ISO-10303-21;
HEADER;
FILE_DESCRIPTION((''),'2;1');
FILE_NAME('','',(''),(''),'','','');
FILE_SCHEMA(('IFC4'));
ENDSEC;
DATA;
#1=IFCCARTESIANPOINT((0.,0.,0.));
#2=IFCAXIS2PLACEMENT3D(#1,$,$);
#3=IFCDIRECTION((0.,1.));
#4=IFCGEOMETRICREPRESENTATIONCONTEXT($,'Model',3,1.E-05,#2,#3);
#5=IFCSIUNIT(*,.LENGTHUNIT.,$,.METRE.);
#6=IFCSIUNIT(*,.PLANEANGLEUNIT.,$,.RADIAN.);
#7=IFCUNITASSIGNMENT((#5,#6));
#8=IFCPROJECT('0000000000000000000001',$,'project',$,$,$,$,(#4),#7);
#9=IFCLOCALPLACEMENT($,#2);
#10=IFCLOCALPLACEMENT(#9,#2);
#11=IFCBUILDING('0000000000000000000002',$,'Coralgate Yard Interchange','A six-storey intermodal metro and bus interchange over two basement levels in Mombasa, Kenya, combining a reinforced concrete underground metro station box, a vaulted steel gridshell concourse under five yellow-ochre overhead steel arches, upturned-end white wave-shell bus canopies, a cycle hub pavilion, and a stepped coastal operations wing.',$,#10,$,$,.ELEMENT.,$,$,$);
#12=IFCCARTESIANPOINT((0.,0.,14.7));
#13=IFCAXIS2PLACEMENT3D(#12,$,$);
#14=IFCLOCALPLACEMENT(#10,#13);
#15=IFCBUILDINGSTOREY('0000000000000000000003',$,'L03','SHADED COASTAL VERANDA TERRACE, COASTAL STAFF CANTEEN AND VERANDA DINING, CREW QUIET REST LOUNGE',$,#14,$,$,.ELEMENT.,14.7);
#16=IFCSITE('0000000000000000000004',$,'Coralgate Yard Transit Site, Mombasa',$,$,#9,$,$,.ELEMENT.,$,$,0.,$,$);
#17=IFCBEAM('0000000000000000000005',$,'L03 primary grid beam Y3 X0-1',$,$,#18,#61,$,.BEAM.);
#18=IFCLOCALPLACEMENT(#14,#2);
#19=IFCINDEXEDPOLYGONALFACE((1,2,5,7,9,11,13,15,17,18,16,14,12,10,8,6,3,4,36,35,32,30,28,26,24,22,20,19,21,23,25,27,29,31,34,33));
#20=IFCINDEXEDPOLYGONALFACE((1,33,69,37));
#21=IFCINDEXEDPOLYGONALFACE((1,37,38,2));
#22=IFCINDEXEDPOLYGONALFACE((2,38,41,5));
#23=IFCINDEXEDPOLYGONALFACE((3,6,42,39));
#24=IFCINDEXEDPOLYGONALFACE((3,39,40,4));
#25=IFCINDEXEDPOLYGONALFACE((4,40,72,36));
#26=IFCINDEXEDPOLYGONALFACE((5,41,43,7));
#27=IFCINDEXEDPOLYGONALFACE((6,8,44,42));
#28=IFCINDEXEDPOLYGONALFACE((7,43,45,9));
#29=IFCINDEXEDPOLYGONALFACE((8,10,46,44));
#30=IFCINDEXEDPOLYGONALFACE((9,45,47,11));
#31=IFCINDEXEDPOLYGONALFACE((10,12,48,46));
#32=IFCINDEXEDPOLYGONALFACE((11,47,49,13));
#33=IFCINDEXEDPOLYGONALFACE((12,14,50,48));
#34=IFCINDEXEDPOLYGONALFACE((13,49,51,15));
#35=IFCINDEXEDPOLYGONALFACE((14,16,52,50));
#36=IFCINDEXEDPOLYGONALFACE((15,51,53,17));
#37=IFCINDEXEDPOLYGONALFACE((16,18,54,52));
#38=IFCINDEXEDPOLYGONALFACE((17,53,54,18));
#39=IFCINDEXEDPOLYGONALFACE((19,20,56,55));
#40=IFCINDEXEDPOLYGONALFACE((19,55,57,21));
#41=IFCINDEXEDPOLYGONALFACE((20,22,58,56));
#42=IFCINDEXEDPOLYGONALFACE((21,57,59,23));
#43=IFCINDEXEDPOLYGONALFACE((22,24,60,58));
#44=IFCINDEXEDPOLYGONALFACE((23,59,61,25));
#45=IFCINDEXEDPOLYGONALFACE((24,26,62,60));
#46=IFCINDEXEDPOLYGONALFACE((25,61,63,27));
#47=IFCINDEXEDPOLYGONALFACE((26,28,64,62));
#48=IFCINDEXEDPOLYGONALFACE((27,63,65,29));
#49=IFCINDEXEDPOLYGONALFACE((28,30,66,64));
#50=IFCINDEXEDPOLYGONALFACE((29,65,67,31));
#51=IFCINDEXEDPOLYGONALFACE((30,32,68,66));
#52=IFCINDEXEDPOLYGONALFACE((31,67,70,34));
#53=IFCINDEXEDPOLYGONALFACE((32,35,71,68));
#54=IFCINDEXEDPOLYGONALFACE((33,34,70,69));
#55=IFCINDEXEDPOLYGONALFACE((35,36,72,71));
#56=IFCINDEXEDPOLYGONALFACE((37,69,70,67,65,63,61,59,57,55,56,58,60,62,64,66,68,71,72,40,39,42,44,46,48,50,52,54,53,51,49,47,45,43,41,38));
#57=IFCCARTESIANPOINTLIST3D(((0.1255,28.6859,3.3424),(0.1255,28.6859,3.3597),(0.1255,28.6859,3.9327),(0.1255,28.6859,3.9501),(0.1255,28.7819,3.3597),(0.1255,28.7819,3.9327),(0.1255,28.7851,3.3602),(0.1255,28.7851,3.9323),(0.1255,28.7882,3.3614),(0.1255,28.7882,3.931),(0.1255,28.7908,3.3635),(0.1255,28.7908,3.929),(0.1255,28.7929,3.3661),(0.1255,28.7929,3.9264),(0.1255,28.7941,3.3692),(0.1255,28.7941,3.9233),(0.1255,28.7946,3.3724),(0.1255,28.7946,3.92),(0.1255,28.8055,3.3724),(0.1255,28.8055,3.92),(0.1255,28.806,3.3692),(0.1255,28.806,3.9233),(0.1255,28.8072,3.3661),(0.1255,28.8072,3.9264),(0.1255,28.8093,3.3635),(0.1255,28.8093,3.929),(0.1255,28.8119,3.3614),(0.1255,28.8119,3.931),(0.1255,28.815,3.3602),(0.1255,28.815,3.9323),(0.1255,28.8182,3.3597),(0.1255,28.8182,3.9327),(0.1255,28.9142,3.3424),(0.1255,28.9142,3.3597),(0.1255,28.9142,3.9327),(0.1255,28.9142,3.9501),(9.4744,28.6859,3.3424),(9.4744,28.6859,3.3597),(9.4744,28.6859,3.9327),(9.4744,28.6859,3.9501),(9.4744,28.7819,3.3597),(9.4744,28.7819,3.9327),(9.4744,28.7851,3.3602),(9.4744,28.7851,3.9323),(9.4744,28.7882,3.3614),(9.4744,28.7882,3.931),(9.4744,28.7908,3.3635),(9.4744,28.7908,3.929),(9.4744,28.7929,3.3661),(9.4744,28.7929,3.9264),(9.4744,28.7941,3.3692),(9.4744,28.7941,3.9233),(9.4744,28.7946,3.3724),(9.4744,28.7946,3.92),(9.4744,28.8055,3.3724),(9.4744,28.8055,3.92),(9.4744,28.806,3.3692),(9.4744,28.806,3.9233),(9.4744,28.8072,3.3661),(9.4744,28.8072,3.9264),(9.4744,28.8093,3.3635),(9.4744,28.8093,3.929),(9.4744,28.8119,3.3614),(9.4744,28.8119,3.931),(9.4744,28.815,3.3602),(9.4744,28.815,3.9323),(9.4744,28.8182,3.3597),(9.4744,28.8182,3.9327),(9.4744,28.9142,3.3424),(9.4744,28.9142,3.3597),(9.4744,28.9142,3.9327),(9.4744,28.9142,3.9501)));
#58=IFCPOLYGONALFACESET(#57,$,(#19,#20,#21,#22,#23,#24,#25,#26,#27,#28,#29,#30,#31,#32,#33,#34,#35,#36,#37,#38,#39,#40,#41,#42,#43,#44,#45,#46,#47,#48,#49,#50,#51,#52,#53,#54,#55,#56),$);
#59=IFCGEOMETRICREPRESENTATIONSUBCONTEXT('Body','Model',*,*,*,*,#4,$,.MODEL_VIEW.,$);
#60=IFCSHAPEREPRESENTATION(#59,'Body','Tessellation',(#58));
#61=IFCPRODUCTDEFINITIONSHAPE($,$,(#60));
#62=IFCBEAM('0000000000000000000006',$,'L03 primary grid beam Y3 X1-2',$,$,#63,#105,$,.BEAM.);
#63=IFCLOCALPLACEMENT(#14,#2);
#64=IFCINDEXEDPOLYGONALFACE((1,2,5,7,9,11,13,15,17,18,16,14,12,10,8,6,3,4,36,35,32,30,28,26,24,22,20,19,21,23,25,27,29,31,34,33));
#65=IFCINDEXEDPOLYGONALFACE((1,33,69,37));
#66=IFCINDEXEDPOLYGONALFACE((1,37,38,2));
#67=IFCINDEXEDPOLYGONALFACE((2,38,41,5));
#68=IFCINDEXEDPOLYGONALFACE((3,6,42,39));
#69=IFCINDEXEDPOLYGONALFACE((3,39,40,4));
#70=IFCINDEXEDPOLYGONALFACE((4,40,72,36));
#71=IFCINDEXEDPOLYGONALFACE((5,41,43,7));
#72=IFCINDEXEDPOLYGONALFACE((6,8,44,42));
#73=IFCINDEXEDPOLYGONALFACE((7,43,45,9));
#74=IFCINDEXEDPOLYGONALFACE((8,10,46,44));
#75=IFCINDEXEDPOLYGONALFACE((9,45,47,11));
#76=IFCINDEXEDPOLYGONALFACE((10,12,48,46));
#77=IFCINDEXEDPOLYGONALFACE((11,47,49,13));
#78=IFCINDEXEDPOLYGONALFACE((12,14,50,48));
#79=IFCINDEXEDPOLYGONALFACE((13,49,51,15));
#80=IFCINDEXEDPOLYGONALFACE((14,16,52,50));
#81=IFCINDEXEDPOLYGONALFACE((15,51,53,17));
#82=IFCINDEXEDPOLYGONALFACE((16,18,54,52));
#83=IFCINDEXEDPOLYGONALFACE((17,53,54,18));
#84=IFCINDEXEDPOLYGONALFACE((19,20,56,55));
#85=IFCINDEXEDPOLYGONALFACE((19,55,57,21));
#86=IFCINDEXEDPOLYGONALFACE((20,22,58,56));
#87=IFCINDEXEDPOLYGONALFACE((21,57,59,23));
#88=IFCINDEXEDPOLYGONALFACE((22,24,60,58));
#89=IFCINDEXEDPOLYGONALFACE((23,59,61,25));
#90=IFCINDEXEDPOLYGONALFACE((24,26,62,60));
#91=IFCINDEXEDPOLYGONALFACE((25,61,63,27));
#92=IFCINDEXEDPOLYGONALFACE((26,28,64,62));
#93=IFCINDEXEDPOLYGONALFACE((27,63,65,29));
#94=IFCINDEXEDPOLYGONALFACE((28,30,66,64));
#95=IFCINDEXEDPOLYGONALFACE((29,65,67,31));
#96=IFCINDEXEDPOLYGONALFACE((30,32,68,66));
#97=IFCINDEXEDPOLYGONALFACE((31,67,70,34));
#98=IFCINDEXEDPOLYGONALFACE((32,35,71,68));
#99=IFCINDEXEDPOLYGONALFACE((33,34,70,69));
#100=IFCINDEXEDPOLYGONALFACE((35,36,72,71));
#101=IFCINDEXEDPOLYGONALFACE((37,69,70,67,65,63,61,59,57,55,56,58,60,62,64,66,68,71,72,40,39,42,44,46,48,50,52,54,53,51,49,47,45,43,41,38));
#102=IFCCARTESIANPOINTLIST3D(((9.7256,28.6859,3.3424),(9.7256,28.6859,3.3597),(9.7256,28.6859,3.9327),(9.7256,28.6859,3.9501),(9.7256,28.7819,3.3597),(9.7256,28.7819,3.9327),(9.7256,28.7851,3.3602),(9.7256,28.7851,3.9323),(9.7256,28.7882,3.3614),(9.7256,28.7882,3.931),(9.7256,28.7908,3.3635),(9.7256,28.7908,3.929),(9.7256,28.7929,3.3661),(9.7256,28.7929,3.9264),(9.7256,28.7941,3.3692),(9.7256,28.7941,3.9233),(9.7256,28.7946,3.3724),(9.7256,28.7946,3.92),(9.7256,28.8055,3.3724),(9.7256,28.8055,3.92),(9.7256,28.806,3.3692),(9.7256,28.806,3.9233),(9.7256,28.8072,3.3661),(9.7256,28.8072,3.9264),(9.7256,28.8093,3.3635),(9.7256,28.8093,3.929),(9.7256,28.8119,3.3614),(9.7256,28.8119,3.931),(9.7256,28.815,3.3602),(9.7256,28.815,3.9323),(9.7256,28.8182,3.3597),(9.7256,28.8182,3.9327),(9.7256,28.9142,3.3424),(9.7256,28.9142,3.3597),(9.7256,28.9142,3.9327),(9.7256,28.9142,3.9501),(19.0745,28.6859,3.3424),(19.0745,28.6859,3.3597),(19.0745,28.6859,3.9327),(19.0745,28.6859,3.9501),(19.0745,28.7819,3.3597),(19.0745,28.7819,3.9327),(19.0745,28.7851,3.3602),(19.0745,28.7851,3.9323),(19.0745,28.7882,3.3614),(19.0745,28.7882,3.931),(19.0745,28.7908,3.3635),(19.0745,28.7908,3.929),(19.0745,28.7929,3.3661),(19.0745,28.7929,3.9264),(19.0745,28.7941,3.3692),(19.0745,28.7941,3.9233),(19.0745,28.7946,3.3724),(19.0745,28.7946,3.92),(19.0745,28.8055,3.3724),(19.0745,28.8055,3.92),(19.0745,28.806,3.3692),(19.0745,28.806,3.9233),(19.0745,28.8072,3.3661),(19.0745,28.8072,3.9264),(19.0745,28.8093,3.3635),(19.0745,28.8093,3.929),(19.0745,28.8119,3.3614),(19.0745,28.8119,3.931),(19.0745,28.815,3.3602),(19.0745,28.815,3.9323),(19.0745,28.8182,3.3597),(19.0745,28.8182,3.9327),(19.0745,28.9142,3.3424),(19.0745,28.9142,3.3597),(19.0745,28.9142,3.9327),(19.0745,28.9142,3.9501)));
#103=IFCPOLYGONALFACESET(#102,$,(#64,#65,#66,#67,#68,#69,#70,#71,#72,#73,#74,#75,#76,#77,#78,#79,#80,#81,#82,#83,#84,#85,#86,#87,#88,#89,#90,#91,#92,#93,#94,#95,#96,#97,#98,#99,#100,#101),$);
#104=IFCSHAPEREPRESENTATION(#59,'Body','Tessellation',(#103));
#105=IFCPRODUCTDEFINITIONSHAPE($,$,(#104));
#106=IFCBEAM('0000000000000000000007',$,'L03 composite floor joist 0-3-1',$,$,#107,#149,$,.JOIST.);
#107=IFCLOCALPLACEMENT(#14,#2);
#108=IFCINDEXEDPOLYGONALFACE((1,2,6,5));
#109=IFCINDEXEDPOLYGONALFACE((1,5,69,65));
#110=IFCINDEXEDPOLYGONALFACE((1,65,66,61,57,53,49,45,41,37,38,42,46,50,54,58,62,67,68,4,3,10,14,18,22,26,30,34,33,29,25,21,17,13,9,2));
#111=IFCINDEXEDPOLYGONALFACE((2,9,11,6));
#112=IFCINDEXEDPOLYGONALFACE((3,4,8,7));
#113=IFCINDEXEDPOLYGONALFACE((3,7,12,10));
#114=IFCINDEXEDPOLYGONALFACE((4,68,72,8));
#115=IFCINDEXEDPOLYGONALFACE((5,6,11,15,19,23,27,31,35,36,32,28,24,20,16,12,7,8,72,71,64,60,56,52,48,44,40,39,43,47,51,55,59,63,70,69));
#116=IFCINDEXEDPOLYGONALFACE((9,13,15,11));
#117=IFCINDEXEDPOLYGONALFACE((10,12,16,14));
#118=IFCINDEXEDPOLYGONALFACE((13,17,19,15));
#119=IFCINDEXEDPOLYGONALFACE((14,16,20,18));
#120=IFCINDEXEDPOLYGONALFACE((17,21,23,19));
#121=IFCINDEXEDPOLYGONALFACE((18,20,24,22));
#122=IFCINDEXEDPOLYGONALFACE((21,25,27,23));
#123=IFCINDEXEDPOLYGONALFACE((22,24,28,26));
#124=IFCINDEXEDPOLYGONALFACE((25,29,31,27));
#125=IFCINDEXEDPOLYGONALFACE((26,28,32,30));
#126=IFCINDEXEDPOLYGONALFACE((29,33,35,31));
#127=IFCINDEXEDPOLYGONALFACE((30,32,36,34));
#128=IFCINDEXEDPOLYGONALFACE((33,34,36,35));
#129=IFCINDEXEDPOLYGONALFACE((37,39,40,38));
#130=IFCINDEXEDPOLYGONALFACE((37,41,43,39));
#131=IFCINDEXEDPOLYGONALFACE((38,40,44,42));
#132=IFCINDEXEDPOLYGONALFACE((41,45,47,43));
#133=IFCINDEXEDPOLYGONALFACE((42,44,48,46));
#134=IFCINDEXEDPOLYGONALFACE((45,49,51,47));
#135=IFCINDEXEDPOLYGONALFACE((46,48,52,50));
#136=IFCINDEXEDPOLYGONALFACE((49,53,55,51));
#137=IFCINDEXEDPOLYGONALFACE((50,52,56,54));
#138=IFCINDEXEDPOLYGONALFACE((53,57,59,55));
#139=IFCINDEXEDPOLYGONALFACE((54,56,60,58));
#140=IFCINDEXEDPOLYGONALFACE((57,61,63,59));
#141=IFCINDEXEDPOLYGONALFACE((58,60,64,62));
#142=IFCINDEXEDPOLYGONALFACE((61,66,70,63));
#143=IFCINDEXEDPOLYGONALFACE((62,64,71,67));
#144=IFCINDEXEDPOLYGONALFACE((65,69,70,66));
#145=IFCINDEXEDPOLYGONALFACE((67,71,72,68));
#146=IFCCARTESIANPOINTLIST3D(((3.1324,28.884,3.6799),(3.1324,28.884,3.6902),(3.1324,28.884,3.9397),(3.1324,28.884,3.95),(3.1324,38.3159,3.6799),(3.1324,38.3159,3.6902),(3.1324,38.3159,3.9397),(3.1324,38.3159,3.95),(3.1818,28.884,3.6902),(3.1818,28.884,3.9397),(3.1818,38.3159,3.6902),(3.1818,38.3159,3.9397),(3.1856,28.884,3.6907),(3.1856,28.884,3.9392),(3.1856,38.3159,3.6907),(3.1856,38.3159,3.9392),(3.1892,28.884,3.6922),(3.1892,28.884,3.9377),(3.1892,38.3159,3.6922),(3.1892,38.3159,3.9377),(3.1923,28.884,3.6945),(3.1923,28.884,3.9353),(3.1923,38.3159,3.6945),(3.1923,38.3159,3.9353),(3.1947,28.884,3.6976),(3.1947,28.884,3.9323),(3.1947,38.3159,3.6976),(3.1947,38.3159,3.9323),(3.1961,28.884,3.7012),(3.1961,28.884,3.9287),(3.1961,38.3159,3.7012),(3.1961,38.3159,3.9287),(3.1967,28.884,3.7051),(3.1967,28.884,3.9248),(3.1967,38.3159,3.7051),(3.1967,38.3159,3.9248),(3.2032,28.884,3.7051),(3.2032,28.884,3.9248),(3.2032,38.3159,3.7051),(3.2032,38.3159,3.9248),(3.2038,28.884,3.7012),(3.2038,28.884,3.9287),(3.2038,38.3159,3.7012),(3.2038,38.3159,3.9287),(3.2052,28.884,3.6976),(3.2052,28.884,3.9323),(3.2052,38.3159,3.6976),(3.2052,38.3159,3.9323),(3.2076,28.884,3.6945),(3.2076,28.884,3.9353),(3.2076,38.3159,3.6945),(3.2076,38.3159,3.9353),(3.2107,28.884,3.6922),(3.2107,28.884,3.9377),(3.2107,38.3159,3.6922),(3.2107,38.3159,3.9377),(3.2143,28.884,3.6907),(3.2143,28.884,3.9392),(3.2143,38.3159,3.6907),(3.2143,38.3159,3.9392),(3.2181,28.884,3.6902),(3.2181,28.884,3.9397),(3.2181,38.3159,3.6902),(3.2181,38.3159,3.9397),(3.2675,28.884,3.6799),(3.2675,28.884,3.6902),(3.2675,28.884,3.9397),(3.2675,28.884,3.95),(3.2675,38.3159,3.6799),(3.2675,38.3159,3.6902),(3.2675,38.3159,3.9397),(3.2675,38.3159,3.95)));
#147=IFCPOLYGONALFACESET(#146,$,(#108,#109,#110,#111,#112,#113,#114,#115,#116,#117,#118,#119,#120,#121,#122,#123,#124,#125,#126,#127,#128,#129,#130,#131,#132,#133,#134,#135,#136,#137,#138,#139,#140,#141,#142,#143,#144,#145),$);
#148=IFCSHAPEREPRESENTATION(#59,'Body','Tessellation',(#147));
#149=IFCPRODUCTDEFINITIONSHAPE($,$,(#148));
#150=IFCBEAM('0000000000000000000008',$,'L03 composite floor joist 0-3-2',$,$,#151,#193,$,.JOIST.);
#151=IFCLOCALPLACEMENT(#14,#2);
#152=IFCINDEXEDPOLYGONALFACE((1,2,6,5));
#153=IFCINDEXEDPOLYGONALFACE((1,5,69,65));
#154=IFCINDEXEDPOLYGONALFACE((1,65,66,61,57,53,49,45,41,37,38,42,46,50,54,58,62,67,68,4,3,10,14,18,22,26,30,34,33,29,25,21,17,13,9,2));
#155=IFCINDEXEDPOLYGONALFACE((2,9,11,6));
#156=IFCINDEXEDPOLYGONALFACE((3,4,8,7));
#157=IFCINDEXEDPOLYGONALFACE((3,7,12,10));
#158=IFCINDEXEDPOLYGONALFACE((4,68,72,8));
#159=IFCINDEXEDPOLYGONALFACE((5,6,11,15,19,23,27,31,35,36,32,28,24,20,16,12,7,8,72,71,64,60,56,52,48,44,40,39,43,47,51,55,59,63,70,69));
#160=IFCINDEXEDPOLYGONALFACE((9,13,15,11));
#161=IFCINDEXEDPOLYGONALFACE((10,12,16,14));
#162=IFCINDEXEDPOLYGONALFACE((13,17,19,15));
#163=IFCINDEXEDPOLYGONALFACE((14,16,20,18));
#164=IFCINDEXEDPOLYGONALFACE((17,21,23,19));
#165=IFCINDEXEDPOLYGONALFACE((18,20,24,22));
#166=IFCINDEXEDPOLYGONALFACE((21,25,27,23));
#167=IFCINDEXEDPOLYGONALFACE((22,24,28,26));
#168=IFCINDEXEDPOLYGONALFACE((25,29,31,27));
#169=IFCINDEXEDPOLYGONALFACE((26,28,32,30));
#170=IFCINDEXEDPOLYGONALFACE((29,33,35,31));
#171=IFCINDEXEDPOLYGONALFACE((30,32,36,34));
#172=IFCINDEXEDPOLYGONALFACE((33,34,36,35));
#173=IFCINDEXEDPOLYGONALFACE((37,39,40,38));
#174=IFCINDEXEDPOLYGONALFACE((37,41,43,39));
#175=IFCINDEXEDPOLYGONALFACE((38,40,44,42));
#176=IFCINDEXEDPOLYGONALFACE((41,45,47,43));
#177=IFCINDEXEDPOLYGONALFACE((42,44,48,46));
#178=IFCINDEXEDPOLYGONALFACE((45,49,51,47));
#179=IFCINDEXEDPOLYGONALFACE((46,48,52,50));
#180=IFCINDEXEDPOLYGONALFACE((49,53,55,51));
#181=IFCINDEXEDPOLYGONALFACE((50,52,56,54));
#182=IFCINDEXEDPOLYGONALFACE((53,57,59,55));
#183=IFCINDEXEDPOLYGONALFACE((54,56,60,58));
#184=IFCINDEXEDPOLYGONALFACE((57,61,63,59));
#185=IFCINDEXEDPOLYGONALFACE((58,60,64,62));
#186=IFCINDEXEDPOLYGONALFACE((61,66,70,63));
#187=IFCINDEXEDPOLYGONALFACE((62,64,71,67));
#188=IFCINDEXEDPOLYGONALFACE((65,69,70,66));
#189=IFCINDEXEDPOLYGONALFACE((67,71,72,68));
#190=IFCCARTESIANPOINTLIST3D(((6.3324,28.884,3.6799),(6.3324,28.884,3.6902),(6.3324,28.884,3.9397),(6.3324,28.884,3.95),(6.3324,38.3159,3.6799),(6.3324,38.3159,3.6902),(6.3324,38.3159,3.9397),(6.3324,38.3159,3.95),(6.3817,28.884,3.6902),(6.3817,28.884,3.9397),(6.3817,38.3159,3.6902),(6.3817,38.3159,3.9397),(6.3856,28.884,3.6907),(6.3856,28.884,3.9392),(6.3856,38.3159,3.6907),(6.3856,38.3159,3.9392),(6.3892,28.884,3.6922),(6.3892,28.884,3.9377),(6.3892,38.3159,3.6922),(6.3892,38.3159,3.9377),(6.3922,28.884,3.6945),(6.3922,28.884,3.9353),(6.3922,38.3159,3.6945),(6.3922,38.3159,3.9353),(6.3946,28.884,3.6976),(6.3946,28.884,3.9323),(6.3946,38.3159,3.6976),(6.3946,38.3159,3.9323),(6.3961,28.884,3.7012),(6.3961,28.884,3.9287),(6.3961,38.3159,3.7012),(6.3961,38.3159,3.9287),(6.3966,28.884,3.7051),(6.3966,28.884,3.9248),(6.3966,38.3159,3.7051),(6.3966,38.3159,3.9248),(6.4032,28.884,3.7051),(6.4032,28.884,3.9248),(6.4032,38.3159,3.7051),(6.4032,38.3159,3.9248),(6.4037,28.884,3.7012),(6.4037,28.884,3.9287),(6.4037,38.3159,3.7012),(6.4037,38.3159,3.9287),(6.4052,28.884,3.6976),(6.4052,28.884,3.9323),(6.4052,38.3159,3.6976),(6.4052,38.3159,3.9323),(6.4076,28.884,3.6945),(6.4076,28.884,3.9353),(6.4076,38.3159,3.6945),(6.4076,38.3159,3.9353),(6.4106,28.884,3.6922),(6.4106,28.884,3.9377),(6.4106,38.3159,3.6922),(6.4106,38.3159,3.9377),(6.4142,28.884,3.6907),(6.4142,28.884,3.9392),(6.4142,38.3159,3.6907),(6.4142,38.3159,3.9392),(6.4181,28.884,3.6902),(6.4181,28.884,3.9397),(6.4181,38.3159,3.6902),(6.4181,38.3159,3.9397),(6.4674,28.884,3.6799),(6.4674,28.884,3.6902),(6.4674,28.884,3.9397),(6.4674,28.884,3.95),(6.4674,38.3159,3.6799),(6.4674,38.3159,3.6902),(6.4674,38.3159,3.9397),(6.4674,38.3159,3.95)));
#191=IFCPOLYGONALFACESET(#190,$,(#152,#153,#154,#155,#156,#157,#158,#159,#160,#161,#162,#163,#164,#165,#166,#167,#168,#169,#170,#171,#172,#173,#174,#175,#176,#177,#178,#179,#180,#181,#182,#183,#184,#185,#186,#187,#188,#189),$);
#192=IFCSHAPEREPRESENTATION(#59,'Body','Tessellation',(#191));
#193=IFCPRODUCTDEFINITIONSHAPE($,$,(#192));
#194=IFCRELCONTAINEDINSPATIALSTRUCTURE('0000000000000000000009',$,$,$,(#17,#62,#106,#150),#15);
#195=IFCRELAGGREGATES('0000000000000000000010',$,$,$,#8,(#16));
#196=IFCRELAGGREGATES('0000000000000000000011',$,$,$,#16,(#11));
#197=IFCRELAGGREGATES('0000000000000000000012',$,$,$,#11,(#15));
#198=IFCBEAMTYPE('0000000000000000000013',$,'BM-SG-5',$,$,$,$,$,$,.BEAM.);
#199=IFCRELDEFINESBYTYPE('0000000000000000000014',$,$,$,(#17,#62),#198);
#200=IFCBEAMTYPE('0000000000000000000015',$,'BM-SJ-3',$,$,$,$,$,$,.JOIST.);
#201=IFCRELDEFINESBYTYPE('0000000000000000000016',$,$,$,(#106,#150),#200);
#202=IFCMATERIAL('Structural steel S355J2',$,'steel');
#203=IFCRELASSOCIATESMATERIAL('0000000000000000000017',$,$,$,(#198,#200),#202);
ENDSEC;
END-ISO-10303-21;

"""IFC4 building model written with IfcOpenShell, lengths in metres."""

from ifc_helpers import new_model, si_unit, direction, frame, origin, origin_2d, place, context, subcontext, project, spatial, i_section, extrude, material, material_profile, profile_set, type_object, element, save


model = new_model("IFC4")

# Units and contexts
model_context = context("Model", 3, precision=1e-05, world=origin(), true_north=direction((0.0, 1.0)))
body_context = subcontext(model_context, "Body", "Model", "MODEL_VIEW")
ifc_project = project(units=[si_unit("LENGTHUNIT", "METRE"), si_unit("PLANEANGLEUNIT", "RADIAN")], contexts=[model_context])

# Site, building, storey
site_placement = place(None, origin())
site = spatial("IfcSite", under=ifc_project, at=site_placement, Name="Coralgate Yard Transit Site, Mombasa", CompositionType="ELEMENT", RefElevation=0.0)
building_placement = place(site_placement, origin())
building = spatial("IfcBuilding", under=site, at=building_placement, Name="Coralgate Yard Interchange", Description="A six-storey intermodal metro and bus interchange over two basement levels in Mombasa, Kenya, combining a reinforced concrete underground metro station box, a vaulted steel gridshell concourse under five yellow-ochre overhead steel arches, upturned-end white wave-shell bus canopies, a cycle hub pavilion, and a stepped coastal operations wing.", CompositionType="ELEMENT")
storey_placement = place(building_placement, frame((0.0, 0.0, 14.7)))
storey = spatial("IfcBuildingStorey", under=building, at=storey_placement, Name="L03", Description="SHADED COASTAL VERANDA TERRACE, COASTAL STAFF CANTEEN AND VERANDA DINING, CREW QUIET REST LOUNGE", CompositionType="ELEMENT", Elevation=14.7)

# Shared definitions
ifc_material_1 = material(Name="Structural steel S355J2", Category="steel")

# Beams
ifc_material_profile_1 = material_profile(ifc_material_1, i_section(OverallWidth=0.2283, OverallDepth=0.6077, WebThickness=0.011, FlangeThickness=0.0173, FilletRadius=0.0127, at=origin_2d()), Name="UB 610x229x113")
ifc_profile_set_1 = profile_set([ifc_material_profile_1], Name="Structural steel S355J2")
beam_type_1 = type_object("IfcBeamType", Name="BM-SG-5", PredefinedType="BEAM", material=ifc_profile_set_1)
for number, where, z_axis, x_axis, name in (
    (1, (0.1255, 28.8, 3.6462), (1.0, 0.0, 0.0), (0.0, 1.0, 0.0), "L03 primary grid beam Y3 X0-1"),
    (2, (9.7256, 28.8, 3.6462), (1.0, 0.0, 0.0), (0.0, 1.0, 0.0), "L03 primary grid beam Y3 X1-2"),
):
    element("IfcBeam", number, at=place(storey_placement, frame(where, z_axis=z_axis, x_axis=x_axis)), inside=storey, type_object=beam_type_1, Name=name, PredefinedType="BEAM", context=body_context, shape_type="SweptSolid", body=[
        extrude(i_section(OverallWidth=0.2283, OverallDepth=0.6077, WebThickness=0.011, FlangeThickness=0.0173, FilletRadius=0.0127, at=origin_2d()), origin(), (0.0, 0.0, 1.0), 9.3489),
    ])
ifc_material_profile_2 = material_profile(ifc_material_1, i_section(OverallWidth=0.135, OverallDepth=0.27, WebThickness=0.0066, FlangeThickness=0.0103, FilletRadius=0.0149, at=origin_2d()), Name="IPE 270")
ifc_profile_set_2 = profile_set([ifc_material_profile_2], Name="Structural steel S355J2")
beam_type_2 = type_object("IfcBeamType", Name="BM-SJ-3", PredefinedType="JOIST", material=ifc_profile_set_2)
for number, where, z_axis, x_axis, name in (
    (3, (3.2, 28.884, 3.8149), (0.0, 1.0, 0.0), (-1.0, 0.0, 0.0), "L03 composite floor joist 0-3-1"),
    (4, (6.3999, 28.884, 3.8149), (0.0, 1.0, 0.0), (-1.0, 0.0, 0.0), "L03 composite floor joist 0-3-2"),
):
    element("IfcBeam", number, at=place(storey_placement, frame(where, z_axis=z_axis, x_axis=x_axis)), inside=storey, type_object=beam_type_2, Name=name, PredefinedType="JOIST", context=body_context, shape_type="SweptSolid", body=[
        extrude(i_section(OverallWidth=0.135, OverallDepth=0.27, WebThickness=0.0066, FlangeThickness=0.0103, FilletRadius=0.0149, at=origin_2d()), origin(), (0.0, 0.0, 1.0), 9.4319),
    ])

save(model, "model.ifc")
